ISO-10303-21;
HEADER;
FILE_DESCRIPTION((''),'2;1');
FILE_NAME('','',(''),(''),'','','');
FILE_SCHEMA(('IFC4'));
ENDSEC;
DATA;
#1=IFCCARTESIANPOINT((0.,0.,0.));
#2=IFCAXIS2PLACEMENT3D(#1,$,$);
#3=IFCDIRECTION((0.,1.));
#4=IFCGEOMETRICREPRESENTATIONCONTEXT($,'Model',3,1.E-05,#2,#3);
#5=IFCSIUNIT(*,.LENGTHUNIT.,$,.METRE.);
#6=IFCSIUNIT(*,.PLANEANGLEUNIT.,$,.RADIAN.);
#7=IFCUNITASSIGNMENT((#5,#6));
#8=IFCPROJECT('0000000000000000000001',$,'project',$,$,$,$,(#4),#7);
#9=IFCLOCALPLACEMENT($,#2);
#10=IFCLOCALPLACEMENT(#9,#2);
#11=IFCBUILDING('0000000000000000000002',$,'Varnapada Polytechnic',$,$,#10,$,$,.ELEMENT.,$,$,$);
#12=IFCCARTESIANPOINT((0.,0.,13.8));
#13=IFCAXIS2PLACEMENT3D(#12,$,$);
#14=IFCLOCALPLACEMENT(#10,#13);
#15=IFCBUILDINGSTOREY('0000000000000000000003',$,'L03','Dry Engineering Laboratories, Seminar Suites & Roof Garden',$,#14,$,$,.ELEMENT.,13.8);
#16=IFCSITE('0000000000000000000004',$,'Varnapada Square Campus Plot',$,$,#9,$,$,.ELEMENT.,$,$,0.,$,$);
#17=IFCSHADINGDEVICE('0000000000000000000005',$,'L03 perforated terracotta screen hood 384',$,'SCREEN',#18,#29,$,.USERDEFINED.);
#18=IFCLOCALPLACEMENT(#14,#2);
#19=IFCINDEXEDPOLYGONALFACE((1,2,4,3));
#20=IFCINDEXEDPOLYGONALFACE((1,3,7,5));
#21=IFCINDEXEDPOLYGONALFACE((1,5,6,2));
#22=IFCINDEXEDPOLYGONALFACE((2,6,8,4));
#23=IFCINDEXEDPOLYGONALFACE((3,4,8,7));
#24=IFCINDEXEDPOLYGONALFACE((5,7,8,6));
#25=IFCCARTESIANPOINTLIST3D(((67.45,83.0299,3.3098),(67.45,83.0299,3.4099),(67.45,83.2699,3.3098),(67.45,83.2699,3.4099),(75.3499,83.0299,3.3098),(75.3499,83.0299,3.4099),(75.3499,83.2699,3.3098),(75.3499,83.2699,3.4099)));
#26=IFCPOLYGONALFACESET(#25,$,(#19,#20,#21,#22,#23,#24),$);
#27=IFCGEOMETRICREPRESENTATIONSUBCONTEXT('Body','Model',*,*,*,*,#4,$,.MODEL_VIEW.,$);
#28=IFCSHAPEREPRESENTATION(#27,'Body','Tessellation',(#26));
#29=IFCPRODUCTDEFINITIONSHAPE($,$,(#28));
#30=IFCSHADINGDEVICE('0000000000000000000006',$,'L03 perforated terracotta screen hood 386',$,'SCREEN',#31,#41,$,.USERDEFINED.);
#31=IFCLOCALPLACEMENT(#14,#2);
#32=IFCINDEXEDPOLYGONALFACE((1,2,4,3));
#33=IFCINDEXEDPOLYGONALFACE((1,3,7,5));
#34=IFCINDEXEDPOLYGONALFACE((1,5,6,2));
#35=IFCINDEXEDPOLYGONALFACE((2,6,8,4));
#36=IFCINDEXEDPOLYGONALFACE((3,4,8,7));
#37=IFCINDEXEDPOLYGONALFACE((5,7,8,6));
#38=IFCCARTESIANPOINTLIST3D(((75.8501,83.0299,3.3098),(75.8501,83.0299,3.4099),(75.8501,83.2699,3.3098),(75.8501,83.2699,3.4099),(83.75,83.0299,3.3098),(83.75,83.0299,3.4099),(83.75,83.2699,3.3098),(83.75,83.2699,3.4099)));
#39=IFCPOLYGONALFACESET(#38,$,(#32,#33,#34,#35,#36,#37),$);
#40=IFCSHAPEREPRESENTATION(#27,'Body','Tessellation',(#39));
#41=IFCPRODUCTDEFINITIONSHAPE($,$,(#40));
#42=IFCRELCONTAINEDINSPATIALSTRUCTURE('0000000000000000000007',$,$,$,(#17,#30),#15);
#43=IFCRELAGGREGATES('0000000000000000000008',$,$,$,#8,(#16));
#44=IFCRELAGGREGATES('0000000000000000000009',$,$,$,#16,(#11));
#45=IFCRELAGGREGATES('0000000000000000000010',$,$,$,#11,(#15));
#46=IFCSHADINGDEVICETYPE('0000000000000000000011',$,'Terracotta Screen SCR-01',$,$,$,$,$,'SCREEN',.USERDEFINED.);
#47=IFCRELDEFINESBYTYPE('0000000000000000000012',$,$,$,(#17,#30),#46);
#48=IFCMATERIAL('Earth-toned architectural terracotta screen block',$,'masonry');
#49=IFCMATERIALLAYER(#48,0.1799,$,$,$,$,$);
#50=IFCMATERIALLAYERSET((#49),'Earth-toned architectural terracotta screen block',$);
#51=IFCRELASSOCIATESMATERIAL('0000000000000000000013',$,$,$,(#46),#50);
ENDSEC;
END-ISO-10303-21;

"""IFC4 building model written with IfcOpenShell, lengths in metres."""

from ifc_helpers import new_model, si_unit, direction, frame, origin, origin_2d, place, context, subcontext, project, spatial, rectangle, extrude, material, layer, layer_set, type_object, element, save


model = new_model("IFC4")

# Units and contexts
model_context = context("Model", 3, precision=1e-05, world=origin(), true_north=direction((0.0, 1.0)))
body_context = subcontext(model_context, "Body", "Model", "MODEL_VIEW")
ifc_project = project(units=[si_unit("LENGTHUNIT", "METRE"), si_unit("PLANEANGLEUNIT", "RADIAN")], contexts=[model_context])

# Site, building, storey
site_placement = place(None, origin())
site = spatial("IfcSite", under=ifc_project, at=site_placement, Name="Varnapada Square Campus Plot", CompositionType="ELEMENT", RefElevation=0.0)
building_placement = place(site_placement, origin())
building = spatial("IfcBuilding", under=site, at=building_placement, Name="Varnapada Polytechnic", CompositionType="ELEMENT")
storey_placement = place(building_placement, frame((0.0, 0.0, 13.8)))
storey = spatial("IfcBuildingStorey", under=building, at=storey_placement, Name="L03", Description="Dry Engineering Laboratories, Seminar Suites & Roof Garden", CompositionType="ELEMENT", Elevation=13.8)

# Shared definitions
ifc_material = material(Name="Earth-toned architectural terracotta screen block", Category="masonry")

# Shading devices
ifc_layer_1 = layer(ifc_material, 0.1799)
ifc_layer_set_1 = layer_set([ifc_layer_1], Name="Earth-toned architectural terracotta screen block")
shading_device_type = type_object("IfcShadingDeviceType", Name="Terracotta Screen SCR-01", ElementType="SCREEN", PredefinedType="USERDEFINED", material=ifc_layer_set_1)
for number, where, z_axis, x_axis, name in (
    (1, (71.3999, 83.1499, 3.3098), (0.0, 0.0, 1.0), (-1.0, 0.0, 0.0), "L03 perforated terracotta screen hood 384"),
    (2, (79.8, 83.1499, 3.3098), (0.0, 0.0, 1.0), (-1.0, 0.0, 0.0), "L03 perforated terracotta screen hood 386"),
):
    element("IfcShadingDevice", number, at=place(storey_placement, frame(where, z_axis=z_axis, x_axis=x_axis)), inside=storey, type_object=shading_device_type, Name=name, ObjectType="SCREEN", PredefinedType="USERDEFINED", context=body_context, shape_type="SweptSolid", body=[
        extrude(rectangle(XDim=7.8999, YDim=0.24, at=origin_2d()), origin(), (0.0, 0.0, 1.0), 0.1001),
    ])

save(model, "model.ifc")
